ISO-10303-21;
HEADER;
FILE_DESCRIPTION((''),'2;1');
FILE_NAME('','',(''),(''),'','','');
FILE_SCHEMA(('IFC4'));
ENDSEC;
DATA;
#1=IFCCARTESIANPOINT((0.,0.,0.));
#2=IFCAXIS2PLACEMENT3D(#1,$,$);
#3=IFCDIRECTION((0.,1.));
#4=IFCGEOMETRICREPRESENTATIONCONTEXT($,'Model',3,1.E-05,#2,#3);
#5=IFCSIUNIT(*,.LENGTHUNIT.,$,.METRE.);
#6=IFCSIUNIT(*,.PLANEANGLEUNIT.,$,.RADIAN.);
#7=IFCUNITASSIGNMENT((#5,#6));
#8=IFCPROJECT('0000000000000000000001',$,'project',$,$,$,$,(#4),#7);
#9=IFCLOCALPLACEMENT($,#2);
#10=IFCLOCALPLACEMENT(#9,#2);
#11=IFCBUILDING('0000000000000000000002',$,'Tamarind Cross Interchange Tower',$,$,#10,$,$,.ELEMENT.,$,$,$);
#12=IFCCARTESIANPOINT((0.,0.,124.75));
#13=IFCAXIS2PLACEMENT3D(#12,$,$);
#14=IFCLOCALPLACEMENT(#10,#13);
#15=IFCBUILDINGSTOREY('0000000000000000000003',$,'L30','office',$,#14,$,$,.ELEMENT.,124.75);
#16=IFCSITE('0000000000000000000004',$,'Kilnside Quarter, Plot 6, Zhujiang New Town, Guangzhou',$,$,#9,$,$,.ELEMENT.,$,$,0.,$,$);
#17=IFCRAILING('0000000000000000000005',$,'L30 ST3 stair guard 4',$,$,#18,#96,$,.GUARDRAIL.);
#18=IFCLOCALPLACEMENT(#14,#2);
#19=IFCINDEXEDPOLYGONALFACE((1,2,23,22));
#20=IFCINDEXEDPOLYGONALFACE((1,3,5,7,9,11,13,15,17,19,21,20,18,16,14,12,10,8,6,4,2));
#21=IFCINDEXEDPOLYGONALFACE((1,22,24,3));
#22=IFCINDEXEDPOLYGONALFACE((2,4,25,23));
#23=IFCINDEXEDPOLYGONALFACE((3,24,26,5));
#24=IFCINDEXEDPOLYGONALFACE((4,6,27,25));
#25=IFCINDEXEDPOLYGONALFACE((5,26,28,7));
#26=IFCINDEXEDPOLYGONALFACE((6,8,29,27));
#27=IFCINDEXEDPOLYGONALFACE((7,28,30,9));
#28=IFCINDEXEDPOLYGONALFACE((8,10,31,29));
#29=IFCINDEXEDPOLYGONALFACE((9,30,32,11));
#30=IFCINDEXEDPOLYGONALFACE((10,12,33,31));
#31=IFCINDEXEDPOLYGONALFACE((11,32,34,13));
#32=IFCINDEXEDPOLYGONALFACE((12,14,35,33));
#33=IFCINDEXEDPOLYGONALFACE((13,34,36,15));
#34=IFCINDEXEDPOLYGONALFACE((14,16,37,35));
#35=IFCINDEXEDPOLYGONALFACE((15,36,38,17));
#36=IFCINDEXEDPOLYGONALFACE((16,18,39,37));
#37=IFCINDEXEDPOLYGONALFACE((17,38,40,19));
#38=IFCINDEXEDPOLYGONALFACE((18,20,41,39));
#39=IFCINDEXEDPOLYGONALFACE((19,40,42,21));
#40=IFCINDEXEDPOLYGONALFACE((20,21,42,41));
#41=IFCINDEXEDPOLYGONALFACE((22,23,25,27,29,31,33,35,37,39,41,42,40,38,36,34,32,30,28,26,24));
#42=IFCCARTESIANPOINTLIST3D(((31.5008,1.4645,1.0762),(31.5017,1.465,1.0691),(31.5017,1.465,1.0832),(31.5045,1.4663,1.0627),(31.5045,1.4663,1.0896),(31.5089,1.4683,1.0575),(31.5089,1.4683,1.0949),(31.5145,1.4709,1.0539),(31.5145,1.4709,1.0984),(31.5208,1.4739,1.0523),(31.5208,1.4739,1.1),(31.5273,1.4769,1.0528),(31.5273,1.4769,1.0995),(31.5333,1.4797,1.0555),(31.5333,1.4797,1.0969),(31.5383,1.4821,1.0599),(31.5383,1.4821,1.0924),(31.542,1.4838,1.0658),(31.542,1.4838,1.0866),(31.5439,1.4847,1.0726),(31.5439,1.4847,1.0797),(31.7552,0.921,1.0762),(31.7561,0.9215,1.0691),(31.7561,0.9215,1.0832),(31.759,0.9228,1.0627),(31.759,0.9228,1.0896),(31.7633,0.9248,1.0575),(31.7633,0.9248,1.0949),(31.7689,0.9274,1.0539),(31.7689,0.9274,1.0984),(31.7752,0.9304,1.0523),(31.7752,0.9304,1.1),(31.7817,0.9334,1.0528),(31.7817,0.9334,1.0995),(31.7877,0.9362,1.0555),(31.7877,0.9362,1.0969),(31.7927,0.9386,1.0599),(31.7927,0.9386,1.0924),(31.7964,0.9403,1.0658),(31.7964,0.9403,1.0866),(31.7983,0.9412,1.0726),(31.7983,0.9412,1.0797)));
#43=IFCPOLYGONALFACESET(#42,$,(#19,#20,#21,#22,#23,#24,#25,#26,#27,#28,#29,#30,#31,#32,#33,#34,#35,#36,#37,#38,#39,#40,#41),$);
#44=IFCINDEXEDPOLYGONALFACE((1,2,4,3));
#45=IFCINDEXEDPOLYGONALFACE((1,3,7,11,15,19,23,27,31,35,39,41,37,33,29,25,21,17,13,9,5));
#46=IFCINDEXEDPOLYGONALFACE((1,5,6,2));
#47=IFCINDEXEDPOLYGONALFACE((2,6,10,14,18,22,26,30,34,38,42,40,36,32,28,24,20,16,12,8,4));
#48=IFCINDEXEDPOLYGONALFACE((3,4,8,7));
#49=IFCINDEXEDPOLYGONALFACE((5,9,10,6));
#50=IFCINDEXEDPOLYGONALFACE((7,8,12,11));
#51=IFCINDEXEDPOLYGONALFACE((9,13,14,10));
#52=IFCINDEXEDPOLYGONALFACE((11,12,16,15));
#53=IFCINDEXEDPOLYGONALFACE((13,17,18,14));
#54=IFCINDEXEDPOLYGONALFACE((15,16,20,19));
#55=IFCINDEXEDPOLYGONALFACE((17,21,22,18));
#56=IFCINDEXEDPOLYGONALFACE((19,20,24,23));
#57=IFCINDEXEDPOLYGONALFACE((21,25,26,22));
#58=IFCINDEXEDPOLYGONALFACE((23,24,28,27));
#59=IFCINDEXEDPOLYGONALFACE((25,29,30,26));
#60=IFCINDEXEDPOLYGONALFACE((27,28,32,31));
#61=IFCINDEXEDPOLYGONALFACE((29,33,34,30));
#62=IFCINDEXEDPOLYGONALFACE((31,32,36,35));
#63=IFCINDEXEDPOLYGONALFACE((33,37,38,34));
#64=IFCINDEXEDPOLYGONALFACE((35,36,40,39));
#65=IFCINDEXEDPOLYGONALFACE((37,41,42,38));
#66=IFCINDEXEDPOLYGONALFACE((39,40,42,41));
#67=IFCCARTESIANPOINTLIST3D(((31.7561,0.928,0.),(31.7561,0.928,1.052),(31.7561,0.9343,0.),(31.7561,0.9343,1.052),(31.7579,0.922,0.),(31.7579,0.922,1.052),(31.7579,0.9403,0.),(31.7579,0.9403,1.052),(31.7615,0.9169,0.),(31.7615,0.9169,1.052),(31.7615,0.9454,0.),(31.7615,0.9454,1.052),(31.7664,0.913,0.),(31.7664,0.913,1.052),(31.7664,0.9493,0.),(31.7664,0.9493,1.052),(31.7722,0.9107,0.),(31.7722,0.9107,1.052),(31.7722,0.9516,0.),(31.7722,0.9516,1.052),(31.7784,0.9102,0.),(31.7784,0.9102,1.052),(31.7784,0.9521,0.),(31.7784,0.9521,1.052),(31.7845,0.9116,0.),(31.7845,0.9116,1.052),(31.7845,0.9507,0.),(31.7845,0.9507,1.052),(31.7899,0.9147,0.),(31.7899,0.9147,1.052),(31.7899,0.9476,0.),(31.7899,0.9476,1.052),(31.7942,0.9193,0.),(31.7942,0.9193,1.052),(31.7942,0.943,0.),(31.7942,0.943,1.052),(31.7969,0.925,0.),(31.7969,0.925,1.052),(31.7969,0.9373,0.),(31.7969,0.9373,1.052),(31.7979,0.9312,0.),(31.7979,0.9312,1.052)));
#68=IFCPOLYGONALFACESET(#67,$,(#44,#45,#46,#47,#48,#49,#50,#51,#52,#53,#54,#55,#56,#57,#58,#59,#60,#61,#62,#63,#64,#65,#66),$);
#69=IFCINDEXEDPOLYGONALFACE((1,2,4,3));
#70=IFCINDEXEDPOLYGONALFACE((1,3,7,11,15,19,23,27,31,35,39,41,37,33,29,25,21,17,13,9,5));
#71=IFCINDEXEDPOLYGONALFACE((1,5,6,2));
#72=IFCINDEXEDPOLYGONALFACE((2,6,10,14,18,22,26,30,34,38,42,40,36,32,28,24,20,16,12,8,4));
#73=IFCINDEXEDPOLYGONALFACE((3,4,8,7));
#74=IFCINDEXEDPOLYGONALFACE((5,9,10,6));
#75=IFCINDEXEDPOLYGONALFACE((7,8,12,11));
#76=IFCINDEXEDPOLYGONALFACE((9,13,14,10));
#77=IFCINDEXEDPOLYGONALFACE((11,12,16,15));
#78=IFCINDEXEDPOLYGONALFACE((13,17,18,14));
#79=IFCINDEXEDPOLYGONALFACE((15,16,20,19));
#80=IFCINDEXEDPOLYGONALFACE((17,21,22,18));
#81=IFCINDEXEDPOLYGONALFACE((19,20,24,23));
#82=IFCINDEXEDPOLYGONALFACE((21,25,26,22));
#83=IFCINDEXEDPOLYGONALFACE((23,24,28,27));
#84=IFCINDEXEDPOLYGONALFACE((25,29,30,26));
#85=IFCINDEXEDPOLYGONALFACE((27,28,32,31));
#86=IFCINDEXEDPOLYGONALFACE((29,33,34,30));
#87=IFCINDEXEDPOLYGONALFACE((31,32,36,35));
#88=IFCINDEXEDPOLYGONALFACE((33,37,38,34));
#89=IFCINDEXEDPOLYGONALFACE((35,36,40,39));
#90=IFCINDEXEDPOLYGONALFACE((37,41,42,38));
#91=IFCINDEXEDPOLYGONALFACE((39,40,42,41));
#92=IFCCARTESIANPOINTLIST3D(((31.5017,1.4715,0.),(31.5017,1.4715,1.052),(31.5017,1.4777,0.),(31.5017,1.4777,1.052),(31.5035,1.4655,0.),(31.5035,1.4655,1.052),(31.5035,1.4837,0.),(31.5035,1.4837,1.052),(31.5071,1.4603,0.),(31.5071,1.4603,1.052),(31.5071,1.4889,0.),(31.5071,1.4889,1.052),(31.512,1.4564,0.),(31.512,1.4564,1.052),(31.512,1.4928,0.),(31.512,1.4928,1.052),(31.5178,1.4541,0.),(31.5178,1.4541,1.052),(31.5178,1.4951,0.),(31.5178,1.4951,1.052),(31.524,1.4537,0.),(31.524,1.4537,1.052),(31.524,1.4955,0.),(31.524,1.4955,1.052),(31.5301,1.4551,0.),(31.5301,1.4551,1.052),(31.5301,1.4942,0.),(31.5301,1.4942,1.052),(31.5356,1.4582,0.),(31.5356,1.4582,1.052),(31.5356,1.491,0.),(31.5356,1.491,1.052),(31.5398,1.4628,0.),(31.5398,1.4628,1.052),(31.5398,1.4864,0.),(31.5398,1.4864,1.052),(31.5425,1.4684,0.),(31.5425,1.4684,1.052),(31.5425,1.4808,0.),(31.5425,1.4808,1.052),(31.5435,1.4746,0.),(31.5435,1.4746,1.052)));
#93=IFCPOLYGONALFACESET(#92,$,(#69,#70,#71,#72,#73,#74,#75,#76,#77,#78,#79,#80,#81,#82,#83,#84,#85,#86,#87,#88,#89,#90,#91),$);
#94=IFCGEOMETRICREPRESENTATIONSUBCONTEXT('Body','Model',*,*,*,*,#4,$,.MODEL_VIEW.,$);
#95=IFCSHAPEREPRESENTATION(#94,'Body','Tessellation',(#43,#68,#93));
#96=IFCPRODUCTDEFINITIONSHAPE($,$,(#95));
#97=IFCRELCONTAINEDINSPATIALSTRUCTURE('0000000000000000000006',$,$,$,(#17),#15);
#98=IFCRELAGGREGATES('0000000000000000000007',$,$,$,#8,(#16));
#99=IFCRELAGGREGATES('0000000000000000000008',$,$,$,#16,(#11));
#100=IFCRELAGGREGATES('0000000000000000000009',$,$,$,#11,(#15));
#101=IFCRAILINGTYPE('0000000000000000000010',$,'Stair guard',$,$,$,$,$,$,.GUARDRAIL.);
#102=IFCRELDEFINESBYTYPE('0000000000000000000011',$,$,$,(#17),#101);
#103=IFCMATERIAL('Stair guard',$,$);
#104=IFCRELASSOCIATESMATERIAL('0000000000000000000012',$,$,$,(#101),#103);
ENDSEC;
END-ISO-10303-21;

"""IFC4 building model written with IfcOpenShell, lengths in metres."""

from ifc_helpers import new_model, si_unit, direction, frame, origin, origin_2d, place, context, subcontext, project, spatial, circle, extrude, material, type_object, element, save


model = new_model("IFC4")

# Units and contexts
model_context = context("Model", 3, precision=1e-05, world=origin(), true_north=direction((0.0, 1.0)))
body_context = subcontext(model_context, "Body", "Model", "MODEL_VIEW")
ifc_project = project(units=[si_unit("LENGTHUNIT", "METRE"), si_unit("PLANEANGLEUNIT", "RADIAN")], contexts=[model_context])

# Site, building, storey
site_placement = place(None, origin())
site = spatial("IfcSite", under=ifc_project, at=site_placement, Name="Kilnside Quarter, Plot 6, Zhujiang New Town, Guangzhou", CompositionType="ELEMENT", RefElevation=0.0)
building_placement = place(site_placement, origin())
building = spatial("IfcBuilding", under=site, at=building_placement, Name="Tamarind Cross Interchange Tower", CompositionType="ELEMENT")
storey_placement = place(building_placement, frame((0.0, 0.0, 124.75)))
storey = spatial("IfcBuildingStorey", under=building, at=storey_placement, Name="L30", Description="office", CompositionType="ELEMENT", Elevation=124.75)

# Railing
ifc_material_1 = material(Name="Stair guard")
railing_type_1 = type_object("IfcRailingType", Name="Stair guard", PredefinedType="GUARDRAIL", material=ifc_material_1)
railing_1_placement = place(storey_placement, frame((31.7769, 0.9312, 0.0)))
element("IfcRailing", 1, at=railing_1_placement, inside=storey, type_object=railing_type_1, Name="L30 ST3 stair guard 4", PredefinedType="GUARDRAIL", context=body_context, shape_type="SweptSolid", body=[
    extrude(circle(Radius=0.0239, at=origin_2d()), frame((0.0, 0.0, 1.0762), z_axis=(-0.423954, 0.905684, 0.0), x_axis=(-0.905684, -0.423954, 0.0)), (0.0, 0.0, 1.0), 0.6001),
    extrude(circle(Radius=0.021, at=origin_2d()), origin(), (0.0, 0.0, 1.0), 1.052),
    extrude(circle(Radius=0.021, at=origin_2d()), frame((-0.2544, 0.5435, 0.0)), (0.0, 0.0, 1.0), 1.052),
])

save(model, "model.ifc")
